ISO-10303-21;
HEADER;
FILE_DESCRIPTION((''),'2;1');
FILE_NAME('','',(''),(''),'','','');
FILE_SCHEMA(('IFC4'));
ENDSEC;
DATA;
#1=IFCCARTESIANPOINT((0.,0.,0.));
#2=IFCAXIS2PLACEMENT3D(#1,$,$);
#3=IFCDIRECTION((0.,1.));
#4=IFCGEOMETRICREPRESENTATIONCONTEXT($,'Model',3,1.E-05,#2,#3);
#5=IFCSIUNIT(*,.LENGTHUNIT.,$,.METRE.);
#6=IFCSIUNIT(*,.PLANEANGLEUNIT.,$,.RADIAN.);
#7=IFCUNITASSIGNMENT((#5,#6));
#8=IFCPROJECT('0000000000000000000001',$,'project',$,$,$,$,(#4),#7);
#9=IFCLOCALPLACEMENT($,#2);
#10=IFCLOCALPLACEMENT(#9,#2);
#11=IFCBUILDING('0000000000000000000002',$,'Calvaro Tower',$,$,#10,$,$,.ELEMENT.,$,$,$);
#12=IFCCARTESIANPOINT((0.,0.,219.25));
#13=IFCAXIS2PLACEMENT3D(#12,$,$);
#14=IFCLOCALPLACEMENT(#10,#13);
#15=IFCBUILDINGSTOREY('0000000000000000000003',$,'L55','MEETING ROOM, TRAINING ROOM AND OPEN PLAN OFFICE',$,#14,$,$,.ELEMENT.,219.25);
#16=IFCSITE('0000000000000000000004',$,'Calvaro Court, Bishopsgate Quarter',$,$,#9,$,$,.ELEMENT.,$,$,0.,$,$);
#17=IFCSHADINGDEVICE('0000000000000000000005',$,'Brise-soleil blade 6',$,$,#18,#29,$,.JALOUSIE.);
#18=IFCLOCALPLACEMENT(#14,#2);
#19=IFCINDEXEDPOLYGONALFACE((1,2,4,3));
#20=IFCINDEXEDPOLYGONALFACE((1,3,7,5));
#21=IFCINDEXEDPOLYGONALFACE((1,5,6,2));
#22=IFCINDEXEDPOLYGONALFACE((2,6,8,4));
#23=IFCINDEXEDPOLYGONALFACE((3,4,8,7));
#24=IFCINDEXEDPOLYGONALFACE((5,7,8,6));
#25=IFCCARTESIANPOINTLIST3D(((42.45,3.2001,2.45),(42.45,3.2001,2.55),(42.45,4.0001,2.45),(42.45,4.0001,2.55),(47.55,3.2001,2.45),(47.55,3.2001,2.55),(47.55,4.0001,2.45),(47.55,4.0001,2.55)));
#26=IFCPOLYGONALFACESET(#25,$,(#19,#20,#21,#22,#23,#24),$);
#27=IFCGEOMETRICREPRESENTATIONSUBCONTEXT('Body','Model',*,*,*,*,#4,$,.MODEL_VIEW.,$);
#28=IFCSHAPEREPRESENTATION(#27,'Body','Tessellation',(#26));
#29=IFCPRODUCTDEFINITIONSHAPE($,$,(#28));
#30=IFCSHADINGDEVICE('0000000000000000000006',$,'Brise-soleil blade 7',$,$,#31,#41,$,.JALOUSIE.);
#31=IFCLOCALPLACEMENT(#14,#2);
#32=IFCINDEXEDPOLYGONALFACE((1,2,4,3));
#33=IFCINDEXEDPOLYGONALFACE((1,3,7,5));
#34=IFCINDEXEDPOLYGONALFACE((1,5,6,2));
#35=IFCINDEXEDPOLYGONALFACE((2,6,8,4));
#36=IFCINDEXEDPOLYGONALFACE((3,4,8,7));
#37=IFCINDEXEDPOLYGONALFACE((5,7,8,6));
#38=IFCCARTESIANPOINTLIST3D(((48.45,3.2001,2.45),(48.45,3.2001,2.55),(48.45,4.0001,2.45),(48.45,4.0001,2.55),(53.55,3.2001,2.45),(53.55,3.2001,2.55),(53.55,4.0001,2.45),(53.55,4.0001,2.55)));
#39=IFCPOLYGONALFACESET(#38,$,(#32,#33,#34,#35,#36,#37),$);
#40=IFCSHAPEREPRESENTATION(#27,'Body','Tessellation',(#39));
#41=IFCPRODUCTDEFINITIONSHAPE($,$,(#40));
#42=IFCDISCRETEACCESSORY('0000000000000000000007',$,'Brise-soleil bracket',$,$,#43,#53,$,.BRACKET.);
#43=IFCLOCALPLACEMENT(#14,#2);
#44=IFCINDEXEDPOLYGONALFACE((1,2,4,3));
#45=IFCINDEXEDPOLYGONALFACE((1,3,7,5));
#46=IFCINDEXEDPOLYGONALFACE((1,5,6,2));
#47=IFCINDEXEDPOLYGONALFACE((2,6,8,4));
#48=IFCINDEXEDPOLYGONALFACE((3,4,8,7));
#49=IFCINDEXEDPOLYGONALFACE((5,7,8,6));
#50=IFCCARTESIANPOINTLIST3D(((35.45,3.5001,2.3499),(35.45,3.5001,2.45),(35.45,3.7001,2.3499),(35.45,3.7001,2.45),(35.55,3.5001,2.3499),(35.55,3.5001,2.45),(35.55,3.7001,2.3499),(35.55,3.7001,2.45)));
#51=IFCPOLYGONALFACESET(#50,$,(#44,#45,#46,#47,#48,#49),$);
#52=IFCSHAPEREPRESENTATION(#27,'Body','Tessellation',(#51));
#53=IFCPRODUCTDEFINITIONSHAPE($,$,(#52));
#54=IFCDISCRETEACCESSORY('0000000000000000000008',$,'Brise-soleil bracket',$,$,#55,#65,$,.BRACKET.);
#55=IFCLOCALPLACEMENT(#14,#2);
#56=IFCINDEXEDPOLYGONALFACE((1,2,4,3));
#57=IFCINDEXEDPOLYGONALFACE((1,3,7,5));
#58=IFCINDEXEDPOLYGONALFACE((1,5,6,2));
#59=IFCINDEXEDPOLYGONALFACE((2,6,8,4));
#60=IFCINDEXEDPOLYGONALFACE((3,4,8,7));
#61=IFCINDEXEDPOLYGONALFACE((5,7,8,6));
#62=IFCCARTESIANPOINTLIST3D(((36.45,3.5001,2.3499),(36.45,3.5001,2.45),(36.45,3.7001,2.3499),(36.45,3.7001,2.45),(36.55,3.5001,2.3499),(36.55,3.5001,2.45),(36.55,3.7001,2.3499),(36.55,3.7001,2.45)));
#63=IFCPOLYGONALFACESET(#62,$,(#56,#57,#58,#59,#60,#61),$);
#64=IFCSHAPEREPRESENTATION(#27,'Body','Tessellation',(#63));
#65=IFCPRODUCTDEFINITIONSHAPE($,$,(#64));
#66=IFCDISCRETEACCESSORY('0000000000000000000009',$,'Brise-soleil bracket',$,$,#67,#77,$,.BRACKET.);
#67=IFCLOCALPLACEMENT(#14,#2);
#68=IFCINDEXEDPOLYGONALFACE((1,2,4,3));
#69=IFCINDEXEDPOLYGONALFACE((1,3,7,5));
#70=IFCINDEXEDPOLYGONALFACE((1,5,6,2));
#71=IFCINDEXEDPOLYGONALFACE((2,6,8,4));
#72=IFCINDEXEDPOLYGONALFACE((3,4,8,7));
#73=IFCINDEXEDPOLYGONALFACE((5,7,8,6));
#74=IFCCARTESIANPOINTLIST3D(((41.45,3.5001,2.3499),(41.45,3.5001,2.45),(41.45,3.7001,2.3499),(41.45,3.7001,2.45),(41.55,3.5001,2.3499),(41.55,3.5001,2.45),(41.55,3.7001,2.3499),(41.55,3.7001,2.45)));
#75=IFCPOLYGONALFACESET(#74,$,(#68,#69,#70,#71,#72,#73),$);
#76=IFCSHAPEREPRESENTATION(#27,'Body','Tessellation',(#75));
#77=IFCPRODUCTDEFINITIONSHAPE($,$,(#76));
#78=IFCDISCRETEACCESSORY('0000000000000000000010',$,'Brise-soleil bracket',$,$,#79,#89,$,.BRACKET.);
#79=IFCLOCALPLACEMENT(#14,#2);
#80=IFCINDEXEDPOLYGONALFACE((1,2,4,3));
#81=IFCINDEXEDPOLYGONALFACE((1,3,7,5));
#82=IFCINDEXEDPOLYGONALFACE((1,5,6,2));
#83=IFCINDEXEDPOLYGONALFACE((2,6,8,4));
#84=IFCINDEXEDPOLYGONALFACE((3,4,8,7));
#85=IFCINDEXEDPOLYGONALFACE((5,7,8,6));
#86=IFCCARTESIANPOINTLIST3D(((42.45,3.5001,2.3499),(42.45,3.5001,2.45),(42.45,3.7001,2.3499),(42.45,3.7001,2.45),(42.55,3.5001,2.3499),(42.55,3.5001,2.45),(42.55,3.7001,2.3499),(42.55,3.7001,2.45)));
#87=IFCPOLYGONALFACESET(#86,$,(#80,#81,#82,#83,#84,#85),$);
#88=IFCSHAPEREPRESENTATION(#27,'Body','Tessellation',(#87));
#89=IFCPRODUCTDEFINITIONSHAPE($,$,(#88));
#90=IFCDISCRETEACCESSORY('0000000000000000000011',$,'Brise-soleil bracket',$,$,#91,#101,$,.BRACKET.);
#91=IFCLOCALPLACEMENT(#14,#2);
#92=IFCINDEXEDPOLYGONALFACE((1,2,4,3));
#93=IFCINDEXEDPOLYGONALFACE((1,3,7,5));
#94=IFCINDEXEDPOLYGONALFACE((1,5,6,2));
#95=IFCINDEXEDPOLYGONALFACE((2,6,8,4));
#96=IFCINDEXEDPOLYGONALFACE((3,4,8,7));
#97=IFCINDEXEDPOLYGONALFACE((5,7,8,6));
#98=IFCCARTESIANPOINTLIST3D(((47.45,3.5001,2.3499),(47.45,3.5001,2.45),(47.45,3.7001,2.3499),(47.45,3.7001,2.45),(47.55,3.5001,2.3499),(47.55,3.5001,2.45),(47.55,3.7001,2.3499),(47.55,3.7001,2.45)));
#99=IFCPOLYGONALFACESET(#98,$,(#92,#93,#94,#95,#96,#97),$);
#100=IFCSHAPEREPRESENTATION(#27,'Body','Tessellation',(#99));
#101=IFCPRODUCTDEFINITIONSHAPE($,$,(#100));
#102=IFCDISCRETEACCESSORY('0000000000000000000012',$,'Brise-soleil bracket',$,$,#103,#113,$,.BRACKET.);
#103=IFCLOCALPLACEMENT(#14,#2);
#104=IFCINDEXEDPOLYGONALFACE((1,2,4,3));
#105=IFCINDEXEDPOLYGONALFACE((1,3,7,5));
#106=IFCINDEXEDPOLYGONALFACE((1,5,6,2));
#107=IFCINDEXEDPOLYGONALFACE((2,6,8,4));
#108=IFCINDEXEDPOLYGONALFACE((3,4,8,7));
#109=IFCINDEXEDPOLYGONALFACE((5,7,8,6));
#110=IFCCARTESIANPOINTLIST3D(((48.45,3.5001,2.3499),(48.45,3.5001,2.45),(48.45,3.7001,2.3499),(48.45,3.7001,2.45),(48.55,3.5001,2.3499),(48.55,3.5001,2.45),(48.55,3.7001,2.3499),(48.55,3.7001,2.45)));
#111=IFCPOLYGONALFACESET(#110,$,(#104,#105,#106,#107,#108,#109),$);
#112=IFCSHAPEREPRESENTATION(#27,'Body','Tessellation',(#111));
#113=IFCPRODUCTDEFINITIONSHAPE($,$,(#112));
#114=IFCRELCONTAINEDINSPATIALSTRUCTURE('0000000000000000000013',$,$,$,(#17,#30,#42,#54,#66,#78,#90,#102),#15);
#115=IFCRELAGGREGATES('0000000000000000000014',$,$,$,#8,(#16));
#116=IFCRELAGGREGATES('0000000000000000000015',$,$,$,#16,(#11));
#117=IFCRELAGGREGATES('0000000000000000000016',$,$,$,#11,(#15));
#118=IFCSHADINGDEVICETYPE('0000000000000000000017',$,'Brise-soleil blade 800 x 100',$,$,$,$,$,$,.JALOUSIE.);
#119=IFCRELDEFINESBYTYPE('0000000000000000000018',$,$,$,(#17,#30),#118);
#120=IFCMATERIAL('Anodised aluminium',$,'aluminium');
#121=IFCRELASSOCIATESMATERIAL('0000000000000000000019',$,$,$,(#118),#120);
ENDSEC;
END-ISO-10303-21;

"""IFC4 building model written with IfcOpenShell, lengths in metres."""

from ifc_helpers import new_model, si_unit, direction, frame, origin, origin_2d, place, context, subcontext, project, spatial, rectangle, extrude, material, material_profile, profile_set, type_object, element, save


model = new_model("IFC4")

# Units and contexts
model_context = context("Model", 3, precision=1e-05, world=origin(), true_north=direction((0.0, 1.0)))
body_context = subcontext(model_context, "Body", "Model", "MODEL_VIEW")
ifc_project = project(units=[si_unit("LENGTHUNIT", "METRE"), si_unit("PLANEANGLEUNIT", "RADIAN")], contexts=[model_context])

# Site, building, storey
site_placement = place(None, origin())
site = spatial("IfcSite", under=ifc_project, at=site_placement, Name="Calvaro Court, Bishopsgate Quarter", CompositionType="ELEMENT", RefElevation=0.0)
building_placement = place(site_placement, origin())
building = spatial("IfcBuilding", under=site, at=building_placement, Name="Calvaro Tower", CompositionType="ELEMENT")
storey_placement = place(building_placement, frame((0.0, 0.0, 219.25)))
storey = spatial("IfcBuildingStorey", under=building, at=storey_placement, Name="L55", Description="MEETING ROOM, TRAINING ROOM AND OPEN PLAN OFFICE", CompositionType="ELEMENT", Elevation=219.25)

# Shading devices
ifc_material_1 = material(Name="Anodised aluminium", Category="aluminium")
ifc_material_profile_1 = material_profile(ifc_material_1, rectangle(XDim=0.8, YDim=0.1001, at=origin_2d()), Name="Brise-soleil blade 800 x 100")
ifc_profile_set_1 = profile_set([ifc_material_profile_1], Name="Anodised aluminium")
shading_device_type = type_object("IfcShadingDeviceType", Name="Brise-soleil blade 800 x 100", PredefinedType="JALOUSIE", material=ifc_profile_set_1)
for number, where, z_axis, x_axis, name in (
    (1, (42.45, 3.6001, 2.5), (1.0, 0.0, 0.0), (0.0, 1.0, 0.0), "Brise-soleil blade 6"),
    (2, (48.45, 3.6001, 2.5), (1.0, 0.0, 0.0), (0.0, 1.0, 0.0), "Brise-soleil blade 7"),
):
    element("IfcShadingDevice", number, at=place(storey_placement, frame(where, z_axis=z_axis, x_axis=x_axis)), inside=storey, type_object=shading_device_type, Name=name, PredefinedType="JALOUSIE", context=body_context, shape_type="SweptSolid", body=[
        extrude(rectangle(XDim=0.8, YDim=0.1001, at=origin_2d()), origin(), (0.0, 0.0, 1.0), 5.1001),
    ])

# Discrete accessories
for number, where, z_axis, x_axis, name in (
    (3, (35.5, 3.6001, 2.3499), (0.0, 0.0, 1.0), (1.0, 0.0, 0.0), "Brise-soleil bracket"),
    (4, (36.5, 3.6001, 2.3499), (0.0, 0.0, 1.0), (1.0, 0.0, 0.0), "Brise-soleil bracket"),
    (5, (41.5, 3.6001, 2.3499), (0.0, 0.0, 1.0), (1.0, 0.0, 0.0), "Brise-soleil bracket"),
    (6, (42.5, 3.6001, 2.3499), (0.0, 0.0, 1.0), (1.0, 0.0, 0.0), "Brise-soleil bracket"),
    (7, (47.5, 3.6001, 2.3499), (0.0, 0.0, 1.0), (1.0, 0.0, 0.0), "Brise-soleil bracket"),
    (8, (48.5, 3.6001, 2.3499), (0.0, 0.0, 1.0), (1.0, 0.0, 0.0), "Brise-soleil bracket"),
):
    element("IfcDiscreteAccessory", number, at=place(storey_placement, frame(where, z_axis=z_axis, x_axis=x_axis)), inside=storey, Name=name, PredefinedType="BRACKET", context=body_context, shape_type="SweptSolid", body=[
        extrude(rectangle(XDim=0.1001, YDim=0.2, at=origin_2d()), origin(), (0.0, 0.0, 1.0), 0.1001),
    ])

save(model, "model.ifc")
